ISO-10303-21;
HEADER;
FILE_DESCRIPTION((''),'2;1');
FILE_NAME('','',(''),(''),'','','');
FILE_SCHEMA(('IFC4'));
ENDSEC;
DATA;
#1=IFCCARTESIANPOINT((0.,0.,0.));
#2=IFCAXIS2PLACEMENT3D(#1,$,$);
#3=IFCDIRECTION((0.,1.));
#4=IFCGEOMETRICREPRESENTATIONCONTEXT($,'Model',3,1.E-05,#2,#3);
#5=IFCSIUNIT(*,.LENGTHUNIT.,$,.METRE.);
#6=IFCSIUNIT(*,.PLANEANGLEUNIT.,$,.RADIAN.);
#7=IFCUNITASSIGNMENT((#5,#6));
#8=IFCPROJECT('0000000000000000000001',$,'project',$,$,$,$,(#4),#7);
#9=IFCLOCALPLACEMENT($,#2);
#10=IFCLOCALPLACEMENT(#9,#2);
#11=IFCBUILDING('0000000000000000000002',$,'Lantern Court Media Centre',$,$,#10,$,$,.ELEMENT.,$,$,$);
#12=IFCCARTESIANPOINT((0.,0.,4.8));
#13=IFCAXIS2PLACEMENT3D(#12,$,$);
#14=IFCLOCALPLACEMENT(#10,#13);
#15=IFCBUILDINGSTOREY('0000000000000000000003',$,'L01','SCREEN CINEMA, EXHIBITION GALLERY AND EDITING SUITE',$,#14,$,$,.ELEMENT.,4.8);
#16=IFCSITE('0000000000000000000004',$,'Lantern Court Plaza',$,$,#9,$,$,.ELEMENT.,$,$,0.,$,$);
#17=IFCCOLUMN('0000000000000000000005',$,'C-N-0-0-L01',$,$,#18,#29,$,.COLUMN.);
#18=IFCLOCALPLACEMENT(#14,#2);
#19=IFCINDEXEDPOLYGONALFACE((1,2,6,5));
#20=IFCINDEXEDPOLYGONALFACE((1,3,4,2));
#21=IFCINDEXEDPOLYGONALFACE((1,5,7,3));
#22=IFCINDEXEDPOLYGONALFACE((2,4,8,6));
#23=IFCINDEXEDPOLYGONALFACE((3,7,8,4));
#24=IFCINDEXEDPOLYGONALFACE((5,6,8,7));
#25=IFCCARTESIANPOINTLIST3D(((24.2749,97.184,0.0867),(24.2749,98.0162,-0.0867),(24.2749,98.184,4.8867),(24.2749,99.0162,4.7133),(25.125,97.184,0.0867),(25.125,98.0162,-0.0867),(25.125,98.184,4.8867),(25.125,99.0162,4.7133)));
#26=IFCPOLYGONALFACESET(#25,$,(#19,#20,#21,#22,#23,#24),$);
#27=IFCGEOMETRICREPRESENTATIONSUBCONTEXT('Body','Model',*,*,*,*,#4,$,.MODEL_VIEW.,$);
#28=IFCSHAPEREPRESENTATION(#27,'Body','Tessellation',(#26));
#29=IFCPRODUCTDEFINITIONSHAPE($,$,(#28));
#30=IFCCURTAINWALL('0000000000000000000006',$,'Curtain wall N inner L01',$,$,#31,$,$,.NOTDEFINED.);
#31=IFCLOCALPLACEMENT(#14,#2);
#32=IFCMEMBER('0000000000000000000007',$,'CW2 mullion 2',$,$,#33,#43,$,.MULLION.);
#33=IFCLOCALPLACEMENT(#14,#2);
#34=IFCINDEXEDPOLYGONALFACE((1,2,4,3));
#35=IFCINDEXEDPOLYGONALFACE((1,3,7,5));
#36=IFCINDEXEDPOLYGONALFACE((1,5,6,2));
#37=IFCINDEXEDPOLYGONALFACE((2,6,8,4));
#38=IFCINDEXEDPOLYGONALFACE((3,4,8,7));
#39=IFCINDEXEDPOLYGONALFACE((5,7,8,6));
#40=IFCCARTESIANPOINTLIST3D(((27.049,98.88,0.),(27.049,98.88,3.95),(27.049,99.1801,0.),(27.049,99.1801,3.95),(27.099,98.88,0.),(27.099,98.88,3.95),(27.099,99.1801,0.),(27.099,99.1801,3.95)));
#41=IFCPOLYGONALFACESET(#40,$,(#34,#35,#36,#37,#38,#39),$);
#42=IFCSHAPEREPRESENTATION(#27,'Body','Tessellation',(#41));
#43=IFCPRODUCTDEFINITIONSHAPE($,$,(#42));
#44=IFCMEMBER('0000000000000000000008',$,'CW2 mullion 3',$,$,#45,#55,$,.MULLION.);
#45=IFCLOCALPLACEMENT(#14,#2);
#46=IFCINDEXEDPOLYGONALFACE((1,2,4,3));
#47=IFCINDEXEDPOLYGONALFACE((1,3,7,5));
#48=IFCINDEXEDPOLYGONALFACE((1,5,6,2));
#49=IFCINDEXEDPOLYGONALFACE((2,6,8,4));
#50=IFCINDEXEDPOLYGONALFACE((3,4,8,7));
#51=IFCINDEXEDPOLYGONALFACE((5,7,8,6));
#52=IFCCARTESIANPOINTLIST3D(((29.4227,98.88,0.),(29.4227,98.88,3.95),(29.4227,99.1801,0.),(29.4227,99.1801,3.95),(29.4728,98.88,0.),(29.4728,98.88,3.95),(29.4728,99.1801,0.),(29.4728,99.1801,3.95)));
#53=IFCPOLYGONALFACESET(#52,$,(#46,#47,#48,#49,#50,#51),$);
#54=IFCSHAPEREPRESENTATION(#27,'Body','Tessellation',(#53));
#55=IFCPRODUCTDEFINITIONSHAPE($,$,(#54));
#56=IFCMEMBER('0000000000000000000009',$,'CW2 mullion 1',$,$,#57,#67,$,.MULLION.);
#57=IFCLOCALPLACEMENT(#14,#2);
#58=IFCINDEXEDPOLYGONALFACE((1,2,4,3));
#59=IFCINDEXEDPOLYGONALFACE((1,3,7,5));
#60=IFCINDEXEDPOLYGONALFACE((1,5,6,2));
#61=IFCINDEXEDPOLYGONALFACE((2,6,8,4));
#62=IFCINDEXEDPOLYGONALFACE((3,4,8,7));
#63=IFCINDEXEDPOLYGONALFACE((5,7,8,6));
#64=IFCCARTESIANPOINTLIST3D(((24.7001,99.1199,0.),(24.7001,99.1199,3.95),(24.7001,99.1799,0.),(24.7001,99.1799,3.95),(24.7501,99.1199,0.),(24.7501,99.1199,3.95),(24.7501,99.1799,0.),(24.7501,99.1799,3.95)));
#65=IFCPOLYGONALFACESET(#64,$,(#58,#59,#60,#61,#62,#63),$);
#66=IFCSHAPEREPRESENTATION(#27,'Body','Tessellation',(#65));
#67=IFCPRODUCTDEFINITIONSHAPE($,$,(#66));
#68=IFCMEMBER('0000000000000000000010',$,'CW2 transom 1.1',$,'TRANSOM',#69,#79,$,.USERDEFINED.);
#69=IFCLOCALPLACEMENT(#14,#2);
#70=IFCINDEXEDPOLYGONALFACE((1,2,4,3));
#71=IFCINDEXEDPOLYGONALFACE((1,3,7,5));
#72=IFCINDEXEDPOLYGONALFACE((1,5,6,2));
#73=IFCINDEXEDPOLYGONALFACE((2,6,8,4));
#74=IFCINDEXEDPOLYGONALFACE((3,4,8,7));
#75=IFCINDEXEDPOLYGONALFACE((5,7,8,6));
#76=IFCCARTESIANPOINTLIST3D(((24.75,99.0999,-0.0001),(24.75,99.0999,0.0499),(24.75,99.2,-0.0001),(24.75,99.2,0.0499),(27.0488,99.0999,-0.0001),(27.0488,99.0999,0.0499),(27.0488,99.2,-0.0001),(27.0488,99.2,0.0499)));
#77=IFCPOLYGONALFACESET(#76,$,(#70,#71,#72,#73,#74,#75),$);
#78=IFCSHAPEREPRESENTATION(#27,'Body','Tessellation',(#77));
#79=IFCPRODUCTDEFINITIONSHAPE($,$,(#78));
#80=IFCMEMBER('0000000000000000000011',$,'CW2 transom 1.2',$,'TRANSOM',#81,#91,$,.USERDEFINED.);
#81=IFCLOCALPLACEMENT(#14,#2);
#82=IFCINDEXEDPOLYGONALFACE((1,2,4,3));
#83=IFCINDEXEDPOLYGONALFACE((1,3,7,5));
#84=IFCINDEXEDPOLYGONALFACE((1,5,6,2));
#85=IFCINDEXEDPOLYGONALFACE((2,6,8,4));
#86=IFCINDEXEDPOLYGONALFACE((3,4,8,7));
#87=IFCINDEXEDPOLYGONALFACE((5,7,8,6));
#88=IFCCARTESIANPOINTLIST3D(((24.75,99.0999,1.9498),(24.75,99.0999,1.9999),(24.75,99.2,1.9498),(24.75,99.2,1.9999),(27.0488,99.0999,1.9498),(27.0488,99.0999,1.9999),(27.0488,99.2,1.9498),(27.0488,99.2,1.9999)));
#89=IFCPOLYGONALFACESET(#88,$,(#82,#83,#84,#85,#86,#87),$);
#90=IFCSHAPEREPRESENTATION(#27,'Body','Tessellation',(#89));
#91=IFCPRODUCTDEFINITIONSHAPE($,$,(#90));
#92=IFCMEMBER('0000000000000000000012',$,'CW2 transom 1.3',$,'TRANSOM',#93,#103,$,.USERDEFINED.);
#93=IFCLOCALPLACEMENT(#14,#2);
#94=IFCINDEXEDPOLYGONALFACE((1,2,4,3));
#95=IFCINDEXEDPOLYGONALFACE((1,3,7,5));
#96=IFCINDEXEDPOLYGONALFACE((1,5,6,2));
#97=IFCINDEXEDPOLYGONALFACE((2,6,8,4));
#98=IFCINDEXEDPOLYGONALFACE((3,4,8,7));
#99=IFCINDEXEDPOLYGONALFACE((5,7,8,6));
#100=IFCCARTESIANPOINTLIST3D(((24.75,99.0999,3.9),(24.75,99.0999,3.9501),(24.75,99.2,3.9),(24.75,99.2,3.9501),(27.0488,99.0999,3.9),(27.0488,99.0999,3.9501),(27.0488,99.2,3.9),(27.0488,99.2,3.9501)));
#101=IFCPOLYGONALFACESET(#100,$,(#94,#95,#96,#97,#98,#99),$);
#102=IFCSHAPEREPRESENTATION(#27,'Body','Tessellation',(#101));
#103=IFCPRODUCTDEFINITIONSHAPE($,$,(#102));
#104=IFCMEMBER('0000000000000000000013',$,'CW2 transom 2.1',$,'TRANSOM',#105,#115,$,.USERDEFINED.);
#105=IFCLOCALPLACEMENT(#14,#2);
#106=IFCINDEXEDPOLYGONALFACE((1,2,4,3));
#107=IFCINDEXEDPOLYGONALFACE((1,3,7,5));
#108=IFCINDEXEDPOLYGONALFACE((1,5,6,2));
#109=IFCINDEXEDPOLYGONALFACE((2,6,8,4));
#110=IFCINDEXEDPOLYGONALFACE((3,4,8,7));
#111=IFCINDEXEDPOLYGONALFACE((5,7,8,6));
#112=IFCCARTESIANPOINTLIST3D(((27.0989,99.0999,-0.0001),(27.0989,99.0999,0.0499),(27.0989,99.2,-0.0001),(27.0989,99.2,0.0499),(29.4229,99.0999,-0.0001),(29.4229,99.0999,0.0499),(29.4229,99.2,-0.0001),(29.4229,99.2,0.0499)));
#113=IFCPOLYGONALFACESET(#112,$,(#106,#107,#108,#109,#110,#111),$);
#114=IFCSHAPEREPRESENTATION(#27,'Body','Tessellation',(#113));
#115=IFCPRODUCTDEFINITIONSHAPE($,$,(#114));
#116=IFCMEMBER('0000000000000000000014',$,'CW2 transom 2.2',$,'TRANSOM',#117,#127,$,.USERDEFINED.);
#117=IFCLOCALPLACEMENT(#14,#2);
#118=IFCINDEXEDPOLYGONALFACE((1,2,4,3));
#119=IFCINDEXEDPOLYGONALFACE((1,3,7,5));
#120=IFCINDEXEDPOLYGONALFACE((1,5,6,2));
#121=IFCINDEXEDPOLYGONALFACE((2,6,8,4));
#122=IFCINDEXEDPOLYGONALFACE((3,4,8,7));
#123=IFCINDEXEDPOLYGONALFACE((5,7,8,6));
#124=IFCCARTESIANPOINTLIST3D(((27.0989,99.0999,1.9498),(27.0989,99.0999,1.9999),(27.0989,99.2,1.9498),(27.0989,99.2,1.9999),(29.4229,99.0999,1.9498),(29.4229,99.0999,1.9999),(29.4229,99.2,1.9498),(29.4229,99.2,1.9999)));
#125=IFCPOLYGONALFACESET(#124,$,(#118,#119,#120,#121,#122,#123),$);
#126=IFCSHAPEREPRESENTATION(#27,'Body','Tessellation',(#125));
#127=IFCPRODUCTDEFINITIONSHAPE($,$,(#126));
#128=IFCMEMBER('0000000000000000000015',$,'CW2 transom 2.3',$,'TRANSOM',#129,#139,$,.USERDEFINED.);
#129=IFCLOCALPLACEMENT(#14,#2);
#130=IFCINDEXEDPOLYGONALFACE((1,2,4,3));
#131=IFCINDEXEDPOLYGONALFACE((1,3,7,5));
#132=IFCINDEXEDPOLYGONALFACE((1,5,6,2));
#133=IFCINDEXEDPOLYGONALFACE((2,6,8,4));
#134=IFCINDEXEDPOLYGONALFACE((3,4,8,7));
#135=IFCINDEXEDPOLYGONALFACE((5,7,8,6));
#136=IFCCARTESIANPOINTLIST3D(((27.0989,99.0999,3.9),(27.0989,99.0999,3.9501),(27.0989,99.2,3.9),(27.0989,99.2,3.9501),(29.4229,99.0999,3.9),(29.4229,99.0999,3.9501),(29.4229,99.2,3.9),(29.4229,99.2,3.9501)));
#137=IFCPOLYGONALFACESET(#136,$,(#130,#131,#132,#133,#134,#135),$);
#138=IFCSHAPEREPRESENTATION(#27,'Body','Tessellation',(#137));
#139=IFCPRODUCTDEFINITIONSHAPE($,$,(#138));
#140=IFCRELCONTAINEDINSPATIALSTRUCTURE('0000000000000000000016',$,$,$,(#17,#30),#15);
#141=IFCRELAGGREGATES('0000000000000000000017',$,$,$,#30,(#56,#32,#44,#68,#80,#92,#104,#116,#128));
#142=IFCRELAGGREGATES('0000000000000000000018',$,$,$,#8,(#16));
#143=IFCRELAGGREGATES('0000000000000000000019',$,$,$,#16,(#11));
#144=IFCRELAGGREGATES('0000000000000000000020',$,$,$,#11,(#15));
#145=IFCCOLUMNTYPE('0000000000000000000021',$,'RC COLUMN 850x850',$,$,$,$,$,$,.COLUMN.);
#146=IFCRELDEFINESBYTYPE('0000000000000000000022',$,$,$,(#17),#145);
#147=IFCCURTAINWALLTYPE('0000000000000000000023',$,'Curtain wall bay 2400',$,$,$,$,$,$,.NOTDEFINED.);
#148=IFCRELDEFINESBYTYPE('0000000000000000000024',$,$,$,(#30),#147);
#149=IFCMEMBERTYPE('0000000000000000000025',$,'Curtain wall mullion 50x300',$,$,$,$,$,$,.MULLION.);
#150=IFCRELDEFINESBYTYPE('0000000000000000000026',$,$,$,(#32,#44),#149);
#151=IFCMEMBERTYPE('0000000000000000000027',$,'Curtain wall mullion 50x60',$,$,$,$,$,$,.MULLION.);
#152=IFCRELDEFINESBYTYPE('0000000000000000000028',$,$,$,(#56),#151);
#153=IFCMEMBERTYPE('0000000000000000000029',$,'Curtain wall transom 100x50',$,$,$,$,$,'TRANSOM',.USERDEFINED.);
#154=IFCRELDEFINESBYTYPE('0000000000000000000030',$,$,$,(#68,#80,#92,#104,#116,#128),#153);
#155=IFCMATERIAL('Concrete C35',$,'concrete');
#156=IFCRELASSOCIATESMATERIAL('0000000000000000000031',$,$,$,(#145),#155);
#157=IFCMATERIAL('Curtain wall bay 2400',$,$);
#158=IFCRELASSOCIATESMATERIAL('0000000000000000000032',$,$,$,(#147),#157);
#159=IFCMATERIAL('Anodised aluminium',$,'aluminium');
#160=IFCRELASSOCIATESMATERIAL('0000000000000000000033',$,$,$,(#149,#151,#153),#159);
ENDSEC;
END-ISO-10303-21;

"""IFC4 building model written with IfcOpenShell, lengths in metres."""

from ifc_helpers import new_model, si_unit, direction, frame, origin, origin_2d, place, context, subcontext, project, spatial, rectangle, extrude, material, material_profile, profile_set, type_object, element, aggregate, save


model = new_model("IFC4")

# Units and contexts
model_context = context("Model", 3, precision=1e-05, world=origin(), true_north=direction((0.0, 1.0)))
body_context = subcontext(model_context, "Body", "Model", "MODEL_VIEW")
ifc_project = project(units=[si_unit("LENGTHUNIT", "METRE"), si_unit("PLANEANGLEUNIT", "RADIAN")], contexts=[model_context])

# Site, building, storey
site_placement = place(None, origin())
site = spatial("IfcSite", under=ifc_project, at=site_placement, Name="Lantern Court Plaza", CompositionType="ELEMENT", RefElevation=0.0)
building_placement = place(site_placement, origin())
building = spatial("IfcBuilding", under=site, at=building_placement, Name="Lantern Court Media Centre", CompositionType="ELEMENT")
storey_placement = place(building_placement, frame((0.0, 0.0, 4.8)))
storey = spatial("IfcBuildingStorey", under=building, at=storey_placement, Name="L01", Description="SCREEN CINEMA, EXHIBITION GALLERY AND EDITING SUITE", CompositionType="ELEMENT", Elevation=4.8)

# Column
ifc_material_1 = material(Name="Concrete C35", Category="concrete")
ifc_material_profile_1 = material_profile(ifc_material_1, rectangle(XDim=0.8501, YDim=0.8501, at=origin_2d()), Name="RC 850x850")
ifc_profile_set_1 = profile_set([ifc_material_profile_1], Name="Concrete C35")
column_type = type_object("IfcColumnType", Name="RC COLUMN 850x850", PredefinedType="COLUMN", material=ifc_profile_set_1)
column_placement = place(storey_placement, frame((24.7, 97.6001, 0.0), z_axis=(0.0, 0.203952, 0.978981), x_axis=(-1.0, 0.0, 0.0)))
element("IfcColumn", 1, at=column_placement, inside=storey, type_object=column_type, Name="C-N-0-0-L01", PredefinedType="COLUMN", context=body_context, shape_type="SweptSolid", body=[
    extrude(rectangle(XDim=0.8501, YDim=0.8501, at=origin_2d()), origin(), (0.0, 0.0, 1.0), 4.9031),
])

# Curtain wall, members
ifc_material_2 = material(Name="Curtain wall bay 2400")
curtain_wall_type = type_object("IfcCurtainWallType", Name="Curtain wall bay 2400", PredefinedType="NOTDEFINED", material=ifc_material_2)
curtain_wall_placement = place(storey_placement, origin())
curtain_wall = element("IfcCurtainWall", 2, at=curtain_wall_placement, inside=storey, type_object=curtain_wall_type, Name="Curtain wall N inner L01", PredefinedType="NOTDEFINED")
ifc_material_3 = material(Name="Anodised aluminium", Category="aluminium")
ifc_material_profile_2 = material_profile(ifc_material_3, rectangle(XDim=0.3, YDim=0.05, at=origin_2d()), Name="AL 50x300")
ifc_profile_set_2 = profile_set([ifc_material_profile_2], Name="Anodised aluminium")
member_type_1 = type_object("IfcMemberType", Name="Curtain wall mullion 50x300", PredefinedType="MULLION", material=ifc_profile_set_2)
member_1_placement = place(storey_placement, frame((27.074, 99.03, 0.0), z_axis=(0.0, 0.0, 1.0), x_axis=(0.0, 1.0, 0.0)))
member_1 = element("IfcMember", 3, at=member_1_placement, type_object=member_type_1, Name="CW2 mullion 2", PredefinedType="MULLION", context=body_context, shape_type="SweptSolid", body=[
    extrude(rectangle(XDim=0.3, YDim=0.05, at=origin_2d()), origin(), (0.0, 0.0, 1.0), 3.95),
])
member_2_placement = place(storey_placement, frame((29.4478, 99.03, 0.0), z_axis=(0.0, 0.0, 1.0), x_axis=(0.0, 1.0, 0.0)))
member_2 = element("IfcMember", 4, at=member_2_placement, type_object=member_type_1, Name="CW2 mullion 3", PredefinedType="MULLION", context=body_context, shape_type="SweptSolid", body=[
    extrude(rectangle(XDim=0.3, YDim=0.05, at=origin_2d()), origin(), (0.0, 0.0, 1.0), 3.95),
])
ifc_material_profile_3 = material_profile(ifc_material_3, rectangle(XDim=0.0601, YDim=0.05, at=origin_2d()), Name="AL 50x60")
ifc_profile_set_3 = profile_set([ifc_material_profile_3], Name="Anodised aluminium")
member_type_2 = type_object("IfcMemberType", Name="Curtain wall mullion 50x60", PredefinedType="MULLION", material=ifc_profile_set_3)
member_3_placement = place(storey_placement, frame((24.7251, 99.1499, 0.0), z_axis=(0.0, 0.0, 1.0), x_axis=(0.0, 1.0, 0.0)))
member_3 = element("IfcMember", 5, at=member_3_placement, type_object=member_type_2, Name="CW2 mullion 1", PredefinedType="MULLION", context=body_context, shape_type="SweptSolid", body=[
    extrude(rectangle(XDim=0.0601, YDim=0.05, at=origin_2d()), origin(), (0.0, 0.0, 1.0), 3.95),
])
ifc_material_profile_4 = material_profile(ifc_material_3, rectangle(XDim=0.1001, YDim=0.05, at=origin_2d()), Name="AL 50x100")
ifc_profile_set_4 = profile_set([ifc_material_profile_4], Name="Anodised aluminium")
member_type_3 = type_object("IfcMemberType", Name="Curtain wall transom 100x50", ElementType="TRANSOM", PredefinedType="USERDEFINED", material=ifc_profile_set_4)
member_4_placement = place(storey_placement, frame((24.75, 99.1499, 0.0249), z_axis=(1.0, 0.0, 0.0), x_axis=(0.0, 1.0, 0.0)))
member_4 = element("IfcMember", 6, at=member_4_placement, type_object=member_type_3, Name="CW2 transom 1.1", ObjectType="TRANSOM", PredefinedType="USERDEFINED", context=body_context, shape_type="SweptSolid", body=[
    extrude(rectangle(XDim=0.1001, YDim=0.05, at=origin_2d()), origin(), (0.0, 0.0, 1.0), 2.2988),
])
member_5_placement = place(storey_placement, frame((24.75, 99.1499, 1.9749), z_axis=(1.0, 0.0, 0.0), x_axis=(0.0, 1.0, 0.0)))
member_5 = element("IfcMember", 7, at=member_5_placement, type_object=member_type_3, Name="CW2 transom 1.2", ObjectType="TRANSOM", PredefinedType="USERDEFINED", context=body_context, shape_type="SweptSolid", body=[
    extrude(rectangle(XDim=0.1001, YDim=0.05, at=origin_2d()), origin(), (0.0, 0.0, 1.0), 2.2988),
])
member_6_placement = place(storey_placement, frame((24.75, 99.1499, 3.925), z_axis=(1.0, 0.0, 0.0), x_axis=(0.0, 1.0, 0.0)))
member_6 = element("IfcMember", 8, at=member_6_placement, type_object=member_type_3, Name="CW2 transom 1.3", ObjectType="TRANSOM", PredefinedType="USERDEFINED", context=body_context, shape_type="SweptSolid", body=[
    extrude(rectangle(XDim=0.1001, YDim=0.05, at=origin_2d()), origin(), (0.0, 0.0, 1.0), 2.2988),
])
member_7_placement = place(storey_placement, frame((27.0989, 99.1499, 0.0249), z_axis=(1.0, 0.0, 0.0), x_axis=(0.0, 1.0, 0.0)))
member_7 = element("IfcMember", 9, at=member_7_placement, type_object=member_type_3, Name="CW2 transom 2.1", ObjectType="TRANSOM", PredefinedType="USERDEFINED", context=body_context, shape_type="SweptSolid", body=[
    extrude(rectangle(XDim=0.1001, YDim=0.05, at=origin_2d()), origin(), (0.0, 0.0, 1.0), 2.324),
])
member_8_placement = place(storey_placement, frame((27.0989, 99.1499, 1.9749), z_axis=(1.0, 0.0, 0.0), x_axis=(0.0, 1.0, 0.0)))
member_8 = element("IfcMember", 10, at=member_8_placement, type_object=member_type_3, Name="CW2 transom 2.2", ObjectType="TRANSOM", PredefinedType="USERDEFINED", context=body_context, shape_type="SweptSolid", body=[
    extrude(rectangle(XDim=0.1001, YDim=0.05, at=origin_2d()), origin(), (0.0, 0.0, 1.0), 2.324),
])
member_9_placement = place(storey_placement, frame((27.0989, 99.1499, 3.925), z_axis=(1.0, 0.0, 0.0), x_axis=(0.0, 1.0, 0.0)))
member_9 = element("IfcMember", 11, at=member_9_placement, type_object=member_type_3, Name="CW2 transom 2.3", ObjectType="TRANSOM", PredefinedType="USERDEFINED", context=body_context, shape_type="SweptSolid", body=[
    extrude(rectangle(XDim=0.1001, YDim=0.05, at=origin_2d()), origin(), (0.0, 0.0, 1.0), 2.324),
])

aggregate(curtain_wall, [member_3, member_1, member_2, member_4, member_5, member_6, member_7, member_8, member_9])

save(model, "model.ifc")
